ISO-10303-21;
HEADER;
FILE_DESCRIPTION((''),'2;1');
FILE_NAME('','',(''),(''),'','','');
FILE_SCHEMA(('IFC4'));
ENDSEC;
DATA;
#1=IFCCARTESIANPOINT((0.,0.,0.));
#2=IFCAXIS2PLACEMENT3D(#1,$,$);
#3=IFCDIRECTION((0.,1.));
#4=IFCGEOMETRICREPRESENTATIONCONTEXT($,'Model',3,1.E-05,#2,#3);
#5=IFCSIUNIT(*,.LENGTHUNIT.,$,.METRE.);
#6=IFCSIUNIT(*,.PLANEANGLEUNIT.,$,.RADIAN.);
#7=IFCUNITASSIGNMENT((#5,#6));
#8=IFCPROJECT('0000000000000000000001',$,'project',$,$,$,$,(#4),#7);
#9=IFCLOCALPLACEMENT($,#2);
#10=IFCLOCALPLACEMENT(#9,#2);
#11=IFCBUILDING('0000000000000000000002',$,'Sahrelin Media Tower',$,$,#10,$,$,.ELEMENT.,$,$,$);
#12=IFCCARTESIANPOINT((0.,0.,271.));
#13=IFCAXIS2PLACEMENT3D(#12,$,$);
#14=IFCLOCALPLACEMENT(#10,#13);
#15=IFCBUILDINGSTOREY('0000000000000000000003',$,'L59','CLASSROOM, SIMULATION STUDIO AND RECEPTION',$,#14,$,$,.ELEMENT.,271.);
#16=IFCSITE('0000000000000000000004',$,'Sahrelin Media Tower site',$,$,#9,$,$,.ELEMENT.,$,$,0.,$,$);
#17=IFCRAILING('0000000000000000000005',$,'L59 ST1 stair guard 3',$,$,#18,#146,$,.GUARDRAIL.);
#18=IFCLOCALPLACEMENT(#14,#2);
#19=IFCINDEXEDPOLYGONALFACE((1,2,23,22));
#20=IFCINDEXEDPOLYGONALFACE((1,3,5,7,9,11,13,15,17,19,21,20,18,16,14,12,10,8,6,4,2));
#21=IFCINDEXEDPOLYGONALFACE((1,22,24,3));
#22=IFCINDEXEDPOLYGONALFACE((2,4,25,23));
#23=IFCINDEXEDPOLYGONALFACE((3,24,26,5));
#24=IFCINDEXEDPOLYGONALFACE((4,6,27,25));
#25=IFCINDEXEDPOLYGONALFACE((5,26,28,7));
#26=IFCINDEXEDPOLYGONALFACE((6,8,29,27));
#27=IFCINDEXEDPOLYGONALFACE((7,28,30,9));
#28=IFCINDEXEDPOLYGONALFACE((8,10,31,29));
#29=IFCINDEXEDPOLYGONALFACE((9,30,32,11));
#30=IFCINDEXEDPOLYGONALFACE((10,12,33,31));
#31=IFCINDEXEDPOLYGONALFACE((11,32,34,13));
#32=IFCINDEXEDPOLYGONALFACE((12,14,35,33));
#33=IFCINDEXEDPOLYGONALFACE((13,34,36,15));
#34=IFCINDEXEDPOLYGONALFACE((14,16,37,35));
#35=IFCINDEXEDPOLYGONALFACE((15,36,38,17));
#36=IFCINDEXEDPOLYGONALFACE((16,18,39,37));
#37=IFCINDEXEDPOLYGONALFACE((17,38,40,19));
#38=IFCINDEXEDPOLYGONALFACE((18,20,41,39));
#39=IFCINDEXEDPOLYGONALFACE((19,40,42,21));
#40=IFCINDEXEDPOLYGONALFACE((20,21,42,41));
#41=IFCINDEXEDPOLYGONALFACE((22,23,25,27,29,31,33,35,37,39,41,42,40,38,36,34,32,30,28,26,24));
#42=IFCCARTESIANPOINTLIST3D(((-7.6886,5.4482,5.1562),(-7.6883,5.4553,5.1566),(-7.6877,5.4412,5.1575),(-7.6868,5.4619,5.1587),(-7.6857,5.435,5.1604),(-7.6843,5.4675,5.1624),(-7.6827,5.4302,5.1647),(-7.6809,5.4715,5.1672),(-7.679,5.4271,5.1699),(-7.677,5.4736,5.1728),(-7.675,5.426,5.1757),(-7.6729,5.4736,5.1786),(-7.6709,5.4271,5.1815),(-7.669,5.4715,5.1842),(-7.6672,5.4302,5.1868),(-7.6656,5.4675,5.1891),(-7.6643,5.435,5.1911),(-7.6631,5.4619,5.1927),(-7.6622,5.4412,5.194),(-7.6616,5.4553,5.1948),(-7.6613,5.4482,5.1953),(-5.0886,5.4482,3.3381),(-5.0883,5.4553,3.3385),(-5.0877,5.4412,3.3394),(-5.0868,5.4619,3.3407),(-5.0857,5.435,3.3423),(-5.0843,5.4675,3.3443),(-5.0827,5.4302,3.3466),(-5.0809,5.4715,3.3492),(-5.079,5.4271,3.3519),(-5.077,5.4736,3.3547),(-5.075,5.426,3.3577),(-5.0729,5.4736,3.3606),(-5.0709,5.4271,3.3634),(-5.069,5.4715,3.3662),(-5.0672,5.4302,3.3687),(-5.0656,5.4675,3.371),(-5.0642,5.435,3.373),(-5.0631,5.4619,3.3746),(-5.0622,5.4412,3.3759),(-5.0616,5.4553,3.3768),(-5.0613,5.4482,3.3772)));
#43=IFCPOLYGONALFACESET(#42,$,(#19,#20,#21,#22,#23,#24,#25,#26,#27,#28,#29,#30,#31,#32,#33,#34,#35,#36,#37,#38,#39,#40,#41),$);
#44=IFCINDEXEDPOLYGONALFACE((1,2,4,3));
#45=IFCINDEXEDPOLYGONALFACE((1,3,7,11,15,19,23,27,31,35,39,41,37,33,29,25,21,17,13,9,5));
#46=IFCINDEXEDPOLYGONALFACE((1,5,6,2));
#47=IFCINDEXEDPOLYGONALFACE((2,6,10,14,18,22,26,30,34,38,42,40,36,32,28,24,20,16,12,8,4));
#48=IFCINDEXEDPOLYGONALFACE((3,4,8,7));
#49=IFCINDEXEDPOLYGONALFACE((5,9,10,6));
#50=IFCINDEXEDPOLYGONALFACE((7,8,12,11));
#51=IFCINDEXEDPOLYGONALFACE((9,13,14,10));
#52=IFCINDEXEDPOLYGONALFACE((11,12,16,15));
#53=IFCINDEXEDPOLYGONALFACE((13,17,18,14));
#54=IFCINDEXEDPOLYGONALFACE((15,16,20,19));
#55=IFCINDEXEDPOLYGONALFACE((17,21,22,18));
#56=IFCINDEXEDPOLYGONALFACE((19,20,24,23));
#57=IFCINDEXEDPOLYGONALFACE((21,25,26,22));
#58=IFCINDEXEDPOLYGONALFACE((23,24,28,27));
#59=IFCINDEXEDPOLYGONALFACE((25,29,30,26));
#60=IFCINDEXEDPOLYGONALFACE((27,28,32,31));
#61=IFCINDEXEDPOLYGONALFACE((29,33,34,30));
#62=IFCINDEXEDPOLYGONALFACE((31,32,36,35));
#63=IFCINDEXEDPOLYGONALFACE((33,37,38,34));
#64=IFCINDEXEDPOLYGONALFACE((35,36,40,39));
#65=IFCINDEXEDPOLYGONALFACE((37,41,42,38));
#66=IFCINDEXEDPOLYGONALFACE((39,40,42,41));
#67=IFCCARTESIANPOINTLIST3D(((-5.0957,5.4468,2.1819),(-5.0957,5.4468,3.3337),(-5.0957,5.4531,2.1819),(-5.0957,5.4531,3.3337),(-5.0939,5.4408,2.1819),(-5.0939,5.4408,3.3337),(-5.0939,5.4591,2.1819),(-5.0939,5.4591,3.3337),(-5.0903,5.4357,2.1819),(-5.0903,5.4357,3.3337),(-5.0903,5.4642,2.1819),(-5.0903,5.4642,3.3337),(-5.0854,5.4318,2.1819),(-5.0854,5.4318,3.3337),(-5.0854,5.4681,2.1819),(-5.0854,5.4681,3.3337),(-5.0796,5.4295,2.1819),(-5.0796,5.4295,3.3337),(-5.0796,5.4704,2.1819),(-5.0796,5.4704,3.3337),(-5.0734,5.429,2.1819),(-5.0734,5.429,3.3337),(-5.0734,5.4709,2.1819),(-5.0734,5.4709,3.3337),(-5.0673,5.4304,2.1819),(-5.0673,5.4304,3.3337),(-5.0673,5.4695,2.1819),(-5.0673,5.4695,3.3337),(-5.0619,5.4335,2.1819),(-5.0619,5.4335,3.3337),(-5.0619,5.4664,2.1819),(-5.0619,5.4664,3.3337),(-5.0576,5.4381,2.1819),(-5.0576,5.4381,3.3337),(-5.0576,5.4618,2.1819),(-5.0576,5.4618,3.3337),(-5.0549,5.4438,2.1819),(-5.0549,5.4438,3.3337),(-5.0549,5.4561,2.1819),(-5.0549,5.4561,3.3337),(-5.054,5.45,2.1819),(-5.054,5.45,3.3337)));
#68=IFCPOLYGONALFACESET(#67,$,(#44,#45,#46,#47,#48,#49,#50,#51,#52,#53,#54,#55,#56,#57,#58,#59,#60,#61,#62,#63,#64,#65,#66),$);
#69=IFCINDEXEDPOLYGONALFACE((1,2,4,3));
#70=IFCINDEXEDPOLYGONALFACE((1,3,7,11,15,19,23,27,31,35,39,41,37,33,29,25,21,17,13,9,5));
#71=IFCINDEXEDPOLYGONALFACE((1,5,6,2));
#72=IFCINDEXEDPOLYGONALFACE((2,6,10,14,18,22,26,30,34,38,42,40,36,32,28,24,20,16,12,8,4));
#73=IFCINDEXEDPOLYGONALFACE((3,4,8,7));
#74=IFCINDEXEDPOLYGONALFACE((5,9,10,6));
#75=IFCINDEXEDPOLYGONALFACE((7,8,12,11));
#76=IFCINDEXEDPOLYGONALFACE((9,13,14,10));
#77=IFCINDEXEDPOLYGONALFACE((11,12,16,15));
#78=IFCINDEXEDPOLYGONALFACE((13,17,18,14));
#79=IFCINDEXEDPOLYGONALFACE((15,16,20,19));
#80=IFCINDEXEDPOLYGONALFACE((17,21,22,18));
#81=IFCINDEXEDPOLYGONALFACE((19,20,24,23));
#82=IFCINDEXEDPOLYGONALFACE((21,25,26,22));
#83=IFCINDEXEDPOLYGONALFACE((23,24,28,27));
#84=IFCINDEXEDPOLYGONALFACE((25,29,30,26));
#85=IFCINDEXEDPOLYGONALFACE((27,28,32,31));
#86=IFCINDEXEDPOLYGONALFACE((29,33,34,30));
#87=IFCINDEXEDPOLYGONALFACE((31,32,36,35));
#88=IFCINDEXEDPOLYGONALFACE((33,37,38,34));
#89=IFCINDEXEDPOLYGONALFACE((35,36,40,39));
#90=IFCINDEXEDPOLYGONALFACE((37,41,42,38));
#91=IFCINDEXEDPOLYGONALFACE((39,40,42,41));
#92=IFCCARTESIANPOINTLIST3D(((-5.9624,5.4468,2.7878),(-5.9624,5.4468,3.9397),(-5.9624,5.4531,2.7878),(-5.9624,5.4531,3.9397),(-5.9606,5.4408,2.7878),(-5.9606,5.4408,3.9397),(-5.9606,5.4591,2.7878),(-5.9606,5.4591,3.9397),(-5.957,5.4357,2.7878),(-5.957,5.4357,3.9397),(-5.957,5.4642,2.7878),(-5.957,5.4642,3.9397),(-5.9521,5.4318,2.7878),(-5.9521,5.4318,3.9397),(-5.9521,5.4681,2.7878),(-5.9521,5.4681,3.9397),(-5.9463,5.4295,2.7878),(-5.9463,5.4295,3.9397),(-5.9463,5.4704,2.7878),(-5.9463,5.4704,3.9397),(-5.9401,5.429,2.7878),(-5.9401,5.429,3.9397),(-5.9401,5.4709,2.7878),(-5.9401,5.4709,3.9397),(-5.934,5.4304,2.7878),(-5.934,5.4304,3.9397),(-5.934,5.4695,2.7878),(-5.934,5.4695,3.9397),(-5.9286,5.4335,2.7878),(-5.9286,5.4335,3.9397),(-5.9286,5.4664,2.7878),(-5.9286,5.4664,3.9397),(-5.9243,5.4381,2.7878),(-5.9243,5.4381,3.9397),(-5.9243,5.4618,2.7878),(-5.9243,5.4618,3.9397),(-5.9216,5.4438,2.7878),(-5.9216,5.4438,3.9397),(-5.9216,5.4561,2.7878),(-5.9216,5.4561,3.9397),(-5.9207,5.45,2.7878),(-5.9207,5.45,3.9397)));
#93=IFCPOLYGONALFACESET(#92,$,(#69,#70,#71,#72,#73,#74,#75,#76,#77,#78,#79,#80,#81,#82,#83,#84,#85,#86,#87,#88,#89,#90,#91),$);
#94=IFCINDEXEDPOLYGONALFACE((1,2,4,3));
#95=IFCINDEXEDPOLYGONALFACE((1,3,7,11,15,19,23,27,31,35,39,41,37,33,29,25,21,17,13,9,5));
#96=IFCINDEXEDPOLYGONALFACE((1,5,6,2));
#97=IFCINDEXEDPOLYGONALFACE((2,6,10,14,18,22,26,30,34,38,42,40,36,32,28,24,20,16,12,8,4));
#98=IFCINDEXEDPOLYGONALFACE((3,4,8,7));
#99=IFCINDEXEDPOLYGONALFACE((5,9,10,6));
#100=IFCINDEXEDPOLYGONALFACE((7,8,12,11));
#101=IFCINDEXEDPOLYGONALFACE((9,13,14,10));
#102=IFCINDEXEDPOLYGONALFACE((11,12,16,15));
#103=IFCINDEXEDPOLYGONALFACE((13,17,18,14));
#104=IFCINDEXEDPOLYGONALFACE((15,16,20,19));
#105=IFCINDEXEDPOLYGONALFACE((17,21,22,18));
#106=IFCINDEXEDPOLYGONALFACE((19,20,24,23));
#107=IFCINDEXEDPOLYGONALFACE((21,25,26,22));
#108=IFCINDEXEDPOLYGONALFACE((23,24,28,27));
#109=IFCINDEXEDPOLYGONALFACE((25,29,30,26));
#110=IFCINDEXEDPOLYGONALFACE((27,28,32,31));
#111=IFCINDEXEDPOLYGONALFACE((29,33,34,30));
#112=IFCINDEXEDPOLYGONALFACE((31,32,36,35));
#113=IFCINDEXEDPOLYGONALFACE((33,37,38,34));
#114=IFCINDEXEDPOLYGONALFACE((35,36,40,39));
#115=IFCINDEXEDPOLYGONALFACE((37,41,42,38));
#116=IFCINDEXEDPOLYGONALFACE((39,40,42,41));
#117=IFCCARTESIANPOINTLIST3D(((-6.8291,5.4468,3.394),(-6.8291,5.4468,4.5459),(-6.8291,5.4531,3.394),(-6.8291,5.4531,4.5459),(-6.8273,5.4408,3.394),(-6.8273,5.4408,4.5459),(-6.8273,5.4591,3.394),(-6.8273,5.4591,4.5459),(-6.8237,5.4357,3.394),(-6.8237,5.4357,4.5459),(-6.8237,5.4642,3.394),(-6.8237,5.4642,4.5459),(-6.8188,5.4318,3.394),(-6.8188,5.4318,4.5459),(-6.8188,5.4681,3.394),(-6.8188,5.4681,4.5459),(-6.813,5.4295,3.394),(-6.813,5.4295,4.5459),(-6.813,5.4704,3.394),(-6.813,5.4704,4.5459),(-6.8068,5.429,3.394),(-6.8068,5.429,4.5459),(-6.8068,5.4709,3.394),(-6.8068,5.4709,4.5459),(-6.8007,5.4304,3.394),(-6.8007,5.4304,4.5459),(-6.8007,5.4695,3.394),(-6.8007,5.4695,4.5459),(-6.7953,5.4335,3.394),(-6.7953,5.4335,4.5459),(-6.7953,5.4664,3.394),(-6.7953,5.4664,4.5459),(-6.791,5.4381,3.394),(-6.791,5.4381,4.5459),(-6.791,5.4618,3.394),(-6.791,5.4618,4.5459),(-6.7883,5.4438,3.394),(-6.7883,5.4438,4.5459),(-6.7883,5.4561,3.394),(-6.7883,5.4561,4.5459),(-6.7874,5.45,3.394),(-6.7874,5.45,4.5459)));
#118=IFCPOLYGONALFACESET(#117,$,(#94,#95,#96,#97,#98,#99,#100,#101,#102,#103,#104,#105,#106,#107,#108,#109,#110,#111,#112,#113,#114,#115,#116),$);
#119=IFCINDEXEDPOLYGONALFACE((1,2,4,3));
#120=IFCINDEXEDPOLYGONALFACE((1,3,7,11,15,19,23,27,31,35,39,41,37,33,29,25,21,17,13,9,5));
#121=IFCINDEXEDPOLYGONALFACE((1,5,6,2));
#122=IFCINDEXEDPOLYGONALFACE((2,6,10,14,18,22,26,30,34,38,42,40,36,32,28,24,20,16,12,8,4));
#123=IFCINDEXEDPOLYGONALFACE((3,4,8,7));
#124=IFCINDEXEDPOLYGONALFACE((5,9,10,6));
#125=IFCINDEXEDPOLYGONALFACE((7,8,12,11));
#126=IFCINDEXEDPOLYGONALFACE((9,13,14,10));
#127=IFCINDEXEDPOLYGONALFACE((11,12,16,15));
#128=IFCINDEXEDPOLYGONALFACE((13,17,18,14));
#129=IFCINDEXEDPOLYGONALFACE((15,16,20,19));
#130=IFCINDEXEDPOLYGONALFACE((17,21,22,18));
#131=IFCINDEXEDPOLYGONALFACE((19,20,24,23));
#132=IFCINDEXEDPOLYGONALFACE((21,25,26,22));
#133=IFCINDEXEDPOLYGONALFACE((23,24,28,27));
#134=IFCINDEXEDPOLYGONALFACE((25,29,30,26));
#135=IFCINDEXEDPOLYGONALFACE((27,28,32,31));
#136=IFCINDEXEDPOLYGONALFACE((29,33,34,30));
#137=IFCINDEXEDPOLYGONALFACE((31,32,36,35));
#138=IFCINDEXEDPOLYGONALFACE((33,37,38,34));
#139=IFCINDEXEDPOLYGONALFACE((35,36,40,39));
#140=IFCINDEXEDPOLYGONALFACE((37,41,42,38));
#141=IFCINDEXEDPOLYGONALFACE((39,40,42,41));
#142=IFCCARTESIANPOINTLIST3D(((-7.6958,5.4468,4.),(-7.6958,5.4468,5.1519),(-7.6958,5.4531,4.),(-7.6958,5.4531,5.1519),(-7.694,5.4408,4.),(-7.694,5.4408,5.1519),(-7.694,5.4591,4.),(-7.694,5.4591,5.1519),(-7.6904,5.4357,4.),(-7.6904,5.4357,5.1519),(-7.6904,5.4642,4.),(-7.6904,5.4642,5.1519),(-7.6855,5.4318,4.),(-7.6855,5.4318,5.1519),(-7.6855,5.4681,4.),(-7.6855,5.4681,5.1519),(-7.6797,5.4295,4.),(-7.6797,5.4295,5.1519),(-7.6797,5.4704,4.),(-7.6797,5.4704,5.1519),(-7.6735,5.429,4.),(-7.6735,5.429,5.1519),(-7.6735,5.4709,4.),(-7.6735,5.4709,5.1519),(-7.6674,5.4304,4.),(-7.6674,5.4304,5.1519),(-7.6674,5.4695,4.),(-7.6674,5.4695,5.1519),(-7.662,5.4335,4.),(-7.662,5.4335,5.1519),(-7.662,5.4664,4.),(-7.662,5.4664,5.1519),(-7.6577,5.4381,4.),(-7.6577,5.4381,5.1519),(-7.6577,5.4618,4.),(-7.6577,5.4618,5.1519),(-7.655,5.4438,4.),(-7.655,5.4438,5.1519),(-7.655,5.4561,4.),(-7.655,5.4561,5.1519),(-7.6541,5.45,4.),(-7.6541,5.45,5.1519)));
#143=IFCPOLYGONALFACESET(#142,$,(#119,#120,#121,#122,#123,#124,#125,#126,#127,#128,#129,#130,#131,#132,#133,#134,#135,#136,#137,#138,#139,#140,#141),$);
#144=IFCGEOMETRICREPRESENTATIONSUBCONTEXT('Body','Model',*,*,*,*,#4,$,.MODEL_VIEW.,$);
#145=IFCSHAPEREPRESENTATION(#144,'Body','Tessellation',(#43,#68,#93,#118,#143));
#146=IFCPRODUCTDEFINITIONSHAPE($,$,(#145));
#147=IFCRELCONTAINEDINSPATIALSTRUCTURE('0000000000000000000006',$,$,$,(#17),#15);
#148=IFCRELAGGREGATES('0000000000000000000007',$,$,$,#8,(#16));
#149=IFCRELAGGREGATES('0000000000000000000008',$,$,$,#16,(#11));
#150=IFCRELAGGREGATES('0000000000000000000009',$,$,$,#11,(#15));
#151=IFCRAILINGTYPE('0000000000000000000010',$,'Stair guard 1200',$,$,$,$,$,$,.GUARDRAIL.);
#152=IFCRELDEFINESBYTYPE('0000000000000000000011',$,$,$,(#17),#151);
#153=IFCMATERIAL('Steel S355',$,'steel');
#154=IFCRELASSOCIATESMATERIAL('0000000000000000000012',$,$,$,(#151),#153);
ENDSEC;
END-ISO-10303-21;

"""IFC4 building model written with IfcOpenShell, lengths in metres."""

from ifc_helpers import new_model, si_unit, direction, frame, origin, origin_2d, place, context, subcontext, project, spatial, circle, extrude, material, type_object, element, save


model = new_model("IFC4")

# Units and contexts
model_context = context("Model", 3, precision=1e-05, world=origin(), true_north=direction((0.0, 1.0)))
body_context = subcontext(model_context, "Body", "Model", "MODEL_VIEW")
ifc_project = project(units=[si_unit("LENGTHUNIT", "METRE"), si_unit("PLANEANGLEUNIT", "RADIAN")], contexts=[model_context])

# Site, building, storey
site_placement = place(None, origin())
site = spatial("IfcSite", under=ifc_project, at=site_placement, Name="Sahrelin Media Tower site", CompositionType="ELEMENT", RefElevation=0.0)
building_placement = place(site_placement, origin())
building = spatial("IfcBuilding", under=site, at=building_placement, Name="Sahrelin Media Tower", CompositionType="ELEMENT")
storey_placement = place(building_placement, frame((0.0, 0.0, 271.0)))
storey = spatial("IfcBuildingStorey", under=building, at=storey_placement, Name="L59", Description="CLASSROOM, SIMULATION STUDIO AND RECEPTION", CompositionType="ELEMENT", Elevation=271.0)

# Shared definitions
ifc_material_1 = material(Name="Steel S355", Category="steel")

# Railing
railing_type_1 = type_object("IfcRailingType", Name="Stair guard 1200", PredefinedType="GUARDRAIL", material=ifc_material_1)
railing_1_placement = place(storey_placement, frame((-5.075, 5.45, 2.1819)))
element("IfcRailing", 1, at=railing_1_placement, inside=storey, type_object=railing_type_1, Name="L59 ST1 stair guard 3", PredefinedType="GUARDRAIL", context=body_context, shape_type="SweptSolid", body=[
    extrude(circle(Radius=0.0239, at=origin_2d()), frame((0.0, 0.0, 1.1758), z_axis=(-0.819521, 0.0, 0.573049), x_axis=(0.0, -1.0, 0.0)), (0.0, 0.0, 1.0), 3.1726),
    extrude(circle(Radius=0.021, at=origin_2d()), origin(), (0.0, 0.0, 1.0), 1.1519),
    extrude(circle(Radius=0.021, at=origin_2d()), frame((-0.8667, 0.0, 0.606)), (0.0, 0.0, 1.0), 1.1519),
    extrude(circle(Radius=0.021, at=origin_2d()), frame((-1.7334, 0.0, 1.2122)), (0.0, 0.0, 1.0), 1.1519),
    extrude(circle(Radius=0.021, at=origin_2d()), frame((-2.6001, 0.0, 1.8181)), (0.0, 0.0, 1.0), 1.1519),
])

save(model, "model.ifc")
